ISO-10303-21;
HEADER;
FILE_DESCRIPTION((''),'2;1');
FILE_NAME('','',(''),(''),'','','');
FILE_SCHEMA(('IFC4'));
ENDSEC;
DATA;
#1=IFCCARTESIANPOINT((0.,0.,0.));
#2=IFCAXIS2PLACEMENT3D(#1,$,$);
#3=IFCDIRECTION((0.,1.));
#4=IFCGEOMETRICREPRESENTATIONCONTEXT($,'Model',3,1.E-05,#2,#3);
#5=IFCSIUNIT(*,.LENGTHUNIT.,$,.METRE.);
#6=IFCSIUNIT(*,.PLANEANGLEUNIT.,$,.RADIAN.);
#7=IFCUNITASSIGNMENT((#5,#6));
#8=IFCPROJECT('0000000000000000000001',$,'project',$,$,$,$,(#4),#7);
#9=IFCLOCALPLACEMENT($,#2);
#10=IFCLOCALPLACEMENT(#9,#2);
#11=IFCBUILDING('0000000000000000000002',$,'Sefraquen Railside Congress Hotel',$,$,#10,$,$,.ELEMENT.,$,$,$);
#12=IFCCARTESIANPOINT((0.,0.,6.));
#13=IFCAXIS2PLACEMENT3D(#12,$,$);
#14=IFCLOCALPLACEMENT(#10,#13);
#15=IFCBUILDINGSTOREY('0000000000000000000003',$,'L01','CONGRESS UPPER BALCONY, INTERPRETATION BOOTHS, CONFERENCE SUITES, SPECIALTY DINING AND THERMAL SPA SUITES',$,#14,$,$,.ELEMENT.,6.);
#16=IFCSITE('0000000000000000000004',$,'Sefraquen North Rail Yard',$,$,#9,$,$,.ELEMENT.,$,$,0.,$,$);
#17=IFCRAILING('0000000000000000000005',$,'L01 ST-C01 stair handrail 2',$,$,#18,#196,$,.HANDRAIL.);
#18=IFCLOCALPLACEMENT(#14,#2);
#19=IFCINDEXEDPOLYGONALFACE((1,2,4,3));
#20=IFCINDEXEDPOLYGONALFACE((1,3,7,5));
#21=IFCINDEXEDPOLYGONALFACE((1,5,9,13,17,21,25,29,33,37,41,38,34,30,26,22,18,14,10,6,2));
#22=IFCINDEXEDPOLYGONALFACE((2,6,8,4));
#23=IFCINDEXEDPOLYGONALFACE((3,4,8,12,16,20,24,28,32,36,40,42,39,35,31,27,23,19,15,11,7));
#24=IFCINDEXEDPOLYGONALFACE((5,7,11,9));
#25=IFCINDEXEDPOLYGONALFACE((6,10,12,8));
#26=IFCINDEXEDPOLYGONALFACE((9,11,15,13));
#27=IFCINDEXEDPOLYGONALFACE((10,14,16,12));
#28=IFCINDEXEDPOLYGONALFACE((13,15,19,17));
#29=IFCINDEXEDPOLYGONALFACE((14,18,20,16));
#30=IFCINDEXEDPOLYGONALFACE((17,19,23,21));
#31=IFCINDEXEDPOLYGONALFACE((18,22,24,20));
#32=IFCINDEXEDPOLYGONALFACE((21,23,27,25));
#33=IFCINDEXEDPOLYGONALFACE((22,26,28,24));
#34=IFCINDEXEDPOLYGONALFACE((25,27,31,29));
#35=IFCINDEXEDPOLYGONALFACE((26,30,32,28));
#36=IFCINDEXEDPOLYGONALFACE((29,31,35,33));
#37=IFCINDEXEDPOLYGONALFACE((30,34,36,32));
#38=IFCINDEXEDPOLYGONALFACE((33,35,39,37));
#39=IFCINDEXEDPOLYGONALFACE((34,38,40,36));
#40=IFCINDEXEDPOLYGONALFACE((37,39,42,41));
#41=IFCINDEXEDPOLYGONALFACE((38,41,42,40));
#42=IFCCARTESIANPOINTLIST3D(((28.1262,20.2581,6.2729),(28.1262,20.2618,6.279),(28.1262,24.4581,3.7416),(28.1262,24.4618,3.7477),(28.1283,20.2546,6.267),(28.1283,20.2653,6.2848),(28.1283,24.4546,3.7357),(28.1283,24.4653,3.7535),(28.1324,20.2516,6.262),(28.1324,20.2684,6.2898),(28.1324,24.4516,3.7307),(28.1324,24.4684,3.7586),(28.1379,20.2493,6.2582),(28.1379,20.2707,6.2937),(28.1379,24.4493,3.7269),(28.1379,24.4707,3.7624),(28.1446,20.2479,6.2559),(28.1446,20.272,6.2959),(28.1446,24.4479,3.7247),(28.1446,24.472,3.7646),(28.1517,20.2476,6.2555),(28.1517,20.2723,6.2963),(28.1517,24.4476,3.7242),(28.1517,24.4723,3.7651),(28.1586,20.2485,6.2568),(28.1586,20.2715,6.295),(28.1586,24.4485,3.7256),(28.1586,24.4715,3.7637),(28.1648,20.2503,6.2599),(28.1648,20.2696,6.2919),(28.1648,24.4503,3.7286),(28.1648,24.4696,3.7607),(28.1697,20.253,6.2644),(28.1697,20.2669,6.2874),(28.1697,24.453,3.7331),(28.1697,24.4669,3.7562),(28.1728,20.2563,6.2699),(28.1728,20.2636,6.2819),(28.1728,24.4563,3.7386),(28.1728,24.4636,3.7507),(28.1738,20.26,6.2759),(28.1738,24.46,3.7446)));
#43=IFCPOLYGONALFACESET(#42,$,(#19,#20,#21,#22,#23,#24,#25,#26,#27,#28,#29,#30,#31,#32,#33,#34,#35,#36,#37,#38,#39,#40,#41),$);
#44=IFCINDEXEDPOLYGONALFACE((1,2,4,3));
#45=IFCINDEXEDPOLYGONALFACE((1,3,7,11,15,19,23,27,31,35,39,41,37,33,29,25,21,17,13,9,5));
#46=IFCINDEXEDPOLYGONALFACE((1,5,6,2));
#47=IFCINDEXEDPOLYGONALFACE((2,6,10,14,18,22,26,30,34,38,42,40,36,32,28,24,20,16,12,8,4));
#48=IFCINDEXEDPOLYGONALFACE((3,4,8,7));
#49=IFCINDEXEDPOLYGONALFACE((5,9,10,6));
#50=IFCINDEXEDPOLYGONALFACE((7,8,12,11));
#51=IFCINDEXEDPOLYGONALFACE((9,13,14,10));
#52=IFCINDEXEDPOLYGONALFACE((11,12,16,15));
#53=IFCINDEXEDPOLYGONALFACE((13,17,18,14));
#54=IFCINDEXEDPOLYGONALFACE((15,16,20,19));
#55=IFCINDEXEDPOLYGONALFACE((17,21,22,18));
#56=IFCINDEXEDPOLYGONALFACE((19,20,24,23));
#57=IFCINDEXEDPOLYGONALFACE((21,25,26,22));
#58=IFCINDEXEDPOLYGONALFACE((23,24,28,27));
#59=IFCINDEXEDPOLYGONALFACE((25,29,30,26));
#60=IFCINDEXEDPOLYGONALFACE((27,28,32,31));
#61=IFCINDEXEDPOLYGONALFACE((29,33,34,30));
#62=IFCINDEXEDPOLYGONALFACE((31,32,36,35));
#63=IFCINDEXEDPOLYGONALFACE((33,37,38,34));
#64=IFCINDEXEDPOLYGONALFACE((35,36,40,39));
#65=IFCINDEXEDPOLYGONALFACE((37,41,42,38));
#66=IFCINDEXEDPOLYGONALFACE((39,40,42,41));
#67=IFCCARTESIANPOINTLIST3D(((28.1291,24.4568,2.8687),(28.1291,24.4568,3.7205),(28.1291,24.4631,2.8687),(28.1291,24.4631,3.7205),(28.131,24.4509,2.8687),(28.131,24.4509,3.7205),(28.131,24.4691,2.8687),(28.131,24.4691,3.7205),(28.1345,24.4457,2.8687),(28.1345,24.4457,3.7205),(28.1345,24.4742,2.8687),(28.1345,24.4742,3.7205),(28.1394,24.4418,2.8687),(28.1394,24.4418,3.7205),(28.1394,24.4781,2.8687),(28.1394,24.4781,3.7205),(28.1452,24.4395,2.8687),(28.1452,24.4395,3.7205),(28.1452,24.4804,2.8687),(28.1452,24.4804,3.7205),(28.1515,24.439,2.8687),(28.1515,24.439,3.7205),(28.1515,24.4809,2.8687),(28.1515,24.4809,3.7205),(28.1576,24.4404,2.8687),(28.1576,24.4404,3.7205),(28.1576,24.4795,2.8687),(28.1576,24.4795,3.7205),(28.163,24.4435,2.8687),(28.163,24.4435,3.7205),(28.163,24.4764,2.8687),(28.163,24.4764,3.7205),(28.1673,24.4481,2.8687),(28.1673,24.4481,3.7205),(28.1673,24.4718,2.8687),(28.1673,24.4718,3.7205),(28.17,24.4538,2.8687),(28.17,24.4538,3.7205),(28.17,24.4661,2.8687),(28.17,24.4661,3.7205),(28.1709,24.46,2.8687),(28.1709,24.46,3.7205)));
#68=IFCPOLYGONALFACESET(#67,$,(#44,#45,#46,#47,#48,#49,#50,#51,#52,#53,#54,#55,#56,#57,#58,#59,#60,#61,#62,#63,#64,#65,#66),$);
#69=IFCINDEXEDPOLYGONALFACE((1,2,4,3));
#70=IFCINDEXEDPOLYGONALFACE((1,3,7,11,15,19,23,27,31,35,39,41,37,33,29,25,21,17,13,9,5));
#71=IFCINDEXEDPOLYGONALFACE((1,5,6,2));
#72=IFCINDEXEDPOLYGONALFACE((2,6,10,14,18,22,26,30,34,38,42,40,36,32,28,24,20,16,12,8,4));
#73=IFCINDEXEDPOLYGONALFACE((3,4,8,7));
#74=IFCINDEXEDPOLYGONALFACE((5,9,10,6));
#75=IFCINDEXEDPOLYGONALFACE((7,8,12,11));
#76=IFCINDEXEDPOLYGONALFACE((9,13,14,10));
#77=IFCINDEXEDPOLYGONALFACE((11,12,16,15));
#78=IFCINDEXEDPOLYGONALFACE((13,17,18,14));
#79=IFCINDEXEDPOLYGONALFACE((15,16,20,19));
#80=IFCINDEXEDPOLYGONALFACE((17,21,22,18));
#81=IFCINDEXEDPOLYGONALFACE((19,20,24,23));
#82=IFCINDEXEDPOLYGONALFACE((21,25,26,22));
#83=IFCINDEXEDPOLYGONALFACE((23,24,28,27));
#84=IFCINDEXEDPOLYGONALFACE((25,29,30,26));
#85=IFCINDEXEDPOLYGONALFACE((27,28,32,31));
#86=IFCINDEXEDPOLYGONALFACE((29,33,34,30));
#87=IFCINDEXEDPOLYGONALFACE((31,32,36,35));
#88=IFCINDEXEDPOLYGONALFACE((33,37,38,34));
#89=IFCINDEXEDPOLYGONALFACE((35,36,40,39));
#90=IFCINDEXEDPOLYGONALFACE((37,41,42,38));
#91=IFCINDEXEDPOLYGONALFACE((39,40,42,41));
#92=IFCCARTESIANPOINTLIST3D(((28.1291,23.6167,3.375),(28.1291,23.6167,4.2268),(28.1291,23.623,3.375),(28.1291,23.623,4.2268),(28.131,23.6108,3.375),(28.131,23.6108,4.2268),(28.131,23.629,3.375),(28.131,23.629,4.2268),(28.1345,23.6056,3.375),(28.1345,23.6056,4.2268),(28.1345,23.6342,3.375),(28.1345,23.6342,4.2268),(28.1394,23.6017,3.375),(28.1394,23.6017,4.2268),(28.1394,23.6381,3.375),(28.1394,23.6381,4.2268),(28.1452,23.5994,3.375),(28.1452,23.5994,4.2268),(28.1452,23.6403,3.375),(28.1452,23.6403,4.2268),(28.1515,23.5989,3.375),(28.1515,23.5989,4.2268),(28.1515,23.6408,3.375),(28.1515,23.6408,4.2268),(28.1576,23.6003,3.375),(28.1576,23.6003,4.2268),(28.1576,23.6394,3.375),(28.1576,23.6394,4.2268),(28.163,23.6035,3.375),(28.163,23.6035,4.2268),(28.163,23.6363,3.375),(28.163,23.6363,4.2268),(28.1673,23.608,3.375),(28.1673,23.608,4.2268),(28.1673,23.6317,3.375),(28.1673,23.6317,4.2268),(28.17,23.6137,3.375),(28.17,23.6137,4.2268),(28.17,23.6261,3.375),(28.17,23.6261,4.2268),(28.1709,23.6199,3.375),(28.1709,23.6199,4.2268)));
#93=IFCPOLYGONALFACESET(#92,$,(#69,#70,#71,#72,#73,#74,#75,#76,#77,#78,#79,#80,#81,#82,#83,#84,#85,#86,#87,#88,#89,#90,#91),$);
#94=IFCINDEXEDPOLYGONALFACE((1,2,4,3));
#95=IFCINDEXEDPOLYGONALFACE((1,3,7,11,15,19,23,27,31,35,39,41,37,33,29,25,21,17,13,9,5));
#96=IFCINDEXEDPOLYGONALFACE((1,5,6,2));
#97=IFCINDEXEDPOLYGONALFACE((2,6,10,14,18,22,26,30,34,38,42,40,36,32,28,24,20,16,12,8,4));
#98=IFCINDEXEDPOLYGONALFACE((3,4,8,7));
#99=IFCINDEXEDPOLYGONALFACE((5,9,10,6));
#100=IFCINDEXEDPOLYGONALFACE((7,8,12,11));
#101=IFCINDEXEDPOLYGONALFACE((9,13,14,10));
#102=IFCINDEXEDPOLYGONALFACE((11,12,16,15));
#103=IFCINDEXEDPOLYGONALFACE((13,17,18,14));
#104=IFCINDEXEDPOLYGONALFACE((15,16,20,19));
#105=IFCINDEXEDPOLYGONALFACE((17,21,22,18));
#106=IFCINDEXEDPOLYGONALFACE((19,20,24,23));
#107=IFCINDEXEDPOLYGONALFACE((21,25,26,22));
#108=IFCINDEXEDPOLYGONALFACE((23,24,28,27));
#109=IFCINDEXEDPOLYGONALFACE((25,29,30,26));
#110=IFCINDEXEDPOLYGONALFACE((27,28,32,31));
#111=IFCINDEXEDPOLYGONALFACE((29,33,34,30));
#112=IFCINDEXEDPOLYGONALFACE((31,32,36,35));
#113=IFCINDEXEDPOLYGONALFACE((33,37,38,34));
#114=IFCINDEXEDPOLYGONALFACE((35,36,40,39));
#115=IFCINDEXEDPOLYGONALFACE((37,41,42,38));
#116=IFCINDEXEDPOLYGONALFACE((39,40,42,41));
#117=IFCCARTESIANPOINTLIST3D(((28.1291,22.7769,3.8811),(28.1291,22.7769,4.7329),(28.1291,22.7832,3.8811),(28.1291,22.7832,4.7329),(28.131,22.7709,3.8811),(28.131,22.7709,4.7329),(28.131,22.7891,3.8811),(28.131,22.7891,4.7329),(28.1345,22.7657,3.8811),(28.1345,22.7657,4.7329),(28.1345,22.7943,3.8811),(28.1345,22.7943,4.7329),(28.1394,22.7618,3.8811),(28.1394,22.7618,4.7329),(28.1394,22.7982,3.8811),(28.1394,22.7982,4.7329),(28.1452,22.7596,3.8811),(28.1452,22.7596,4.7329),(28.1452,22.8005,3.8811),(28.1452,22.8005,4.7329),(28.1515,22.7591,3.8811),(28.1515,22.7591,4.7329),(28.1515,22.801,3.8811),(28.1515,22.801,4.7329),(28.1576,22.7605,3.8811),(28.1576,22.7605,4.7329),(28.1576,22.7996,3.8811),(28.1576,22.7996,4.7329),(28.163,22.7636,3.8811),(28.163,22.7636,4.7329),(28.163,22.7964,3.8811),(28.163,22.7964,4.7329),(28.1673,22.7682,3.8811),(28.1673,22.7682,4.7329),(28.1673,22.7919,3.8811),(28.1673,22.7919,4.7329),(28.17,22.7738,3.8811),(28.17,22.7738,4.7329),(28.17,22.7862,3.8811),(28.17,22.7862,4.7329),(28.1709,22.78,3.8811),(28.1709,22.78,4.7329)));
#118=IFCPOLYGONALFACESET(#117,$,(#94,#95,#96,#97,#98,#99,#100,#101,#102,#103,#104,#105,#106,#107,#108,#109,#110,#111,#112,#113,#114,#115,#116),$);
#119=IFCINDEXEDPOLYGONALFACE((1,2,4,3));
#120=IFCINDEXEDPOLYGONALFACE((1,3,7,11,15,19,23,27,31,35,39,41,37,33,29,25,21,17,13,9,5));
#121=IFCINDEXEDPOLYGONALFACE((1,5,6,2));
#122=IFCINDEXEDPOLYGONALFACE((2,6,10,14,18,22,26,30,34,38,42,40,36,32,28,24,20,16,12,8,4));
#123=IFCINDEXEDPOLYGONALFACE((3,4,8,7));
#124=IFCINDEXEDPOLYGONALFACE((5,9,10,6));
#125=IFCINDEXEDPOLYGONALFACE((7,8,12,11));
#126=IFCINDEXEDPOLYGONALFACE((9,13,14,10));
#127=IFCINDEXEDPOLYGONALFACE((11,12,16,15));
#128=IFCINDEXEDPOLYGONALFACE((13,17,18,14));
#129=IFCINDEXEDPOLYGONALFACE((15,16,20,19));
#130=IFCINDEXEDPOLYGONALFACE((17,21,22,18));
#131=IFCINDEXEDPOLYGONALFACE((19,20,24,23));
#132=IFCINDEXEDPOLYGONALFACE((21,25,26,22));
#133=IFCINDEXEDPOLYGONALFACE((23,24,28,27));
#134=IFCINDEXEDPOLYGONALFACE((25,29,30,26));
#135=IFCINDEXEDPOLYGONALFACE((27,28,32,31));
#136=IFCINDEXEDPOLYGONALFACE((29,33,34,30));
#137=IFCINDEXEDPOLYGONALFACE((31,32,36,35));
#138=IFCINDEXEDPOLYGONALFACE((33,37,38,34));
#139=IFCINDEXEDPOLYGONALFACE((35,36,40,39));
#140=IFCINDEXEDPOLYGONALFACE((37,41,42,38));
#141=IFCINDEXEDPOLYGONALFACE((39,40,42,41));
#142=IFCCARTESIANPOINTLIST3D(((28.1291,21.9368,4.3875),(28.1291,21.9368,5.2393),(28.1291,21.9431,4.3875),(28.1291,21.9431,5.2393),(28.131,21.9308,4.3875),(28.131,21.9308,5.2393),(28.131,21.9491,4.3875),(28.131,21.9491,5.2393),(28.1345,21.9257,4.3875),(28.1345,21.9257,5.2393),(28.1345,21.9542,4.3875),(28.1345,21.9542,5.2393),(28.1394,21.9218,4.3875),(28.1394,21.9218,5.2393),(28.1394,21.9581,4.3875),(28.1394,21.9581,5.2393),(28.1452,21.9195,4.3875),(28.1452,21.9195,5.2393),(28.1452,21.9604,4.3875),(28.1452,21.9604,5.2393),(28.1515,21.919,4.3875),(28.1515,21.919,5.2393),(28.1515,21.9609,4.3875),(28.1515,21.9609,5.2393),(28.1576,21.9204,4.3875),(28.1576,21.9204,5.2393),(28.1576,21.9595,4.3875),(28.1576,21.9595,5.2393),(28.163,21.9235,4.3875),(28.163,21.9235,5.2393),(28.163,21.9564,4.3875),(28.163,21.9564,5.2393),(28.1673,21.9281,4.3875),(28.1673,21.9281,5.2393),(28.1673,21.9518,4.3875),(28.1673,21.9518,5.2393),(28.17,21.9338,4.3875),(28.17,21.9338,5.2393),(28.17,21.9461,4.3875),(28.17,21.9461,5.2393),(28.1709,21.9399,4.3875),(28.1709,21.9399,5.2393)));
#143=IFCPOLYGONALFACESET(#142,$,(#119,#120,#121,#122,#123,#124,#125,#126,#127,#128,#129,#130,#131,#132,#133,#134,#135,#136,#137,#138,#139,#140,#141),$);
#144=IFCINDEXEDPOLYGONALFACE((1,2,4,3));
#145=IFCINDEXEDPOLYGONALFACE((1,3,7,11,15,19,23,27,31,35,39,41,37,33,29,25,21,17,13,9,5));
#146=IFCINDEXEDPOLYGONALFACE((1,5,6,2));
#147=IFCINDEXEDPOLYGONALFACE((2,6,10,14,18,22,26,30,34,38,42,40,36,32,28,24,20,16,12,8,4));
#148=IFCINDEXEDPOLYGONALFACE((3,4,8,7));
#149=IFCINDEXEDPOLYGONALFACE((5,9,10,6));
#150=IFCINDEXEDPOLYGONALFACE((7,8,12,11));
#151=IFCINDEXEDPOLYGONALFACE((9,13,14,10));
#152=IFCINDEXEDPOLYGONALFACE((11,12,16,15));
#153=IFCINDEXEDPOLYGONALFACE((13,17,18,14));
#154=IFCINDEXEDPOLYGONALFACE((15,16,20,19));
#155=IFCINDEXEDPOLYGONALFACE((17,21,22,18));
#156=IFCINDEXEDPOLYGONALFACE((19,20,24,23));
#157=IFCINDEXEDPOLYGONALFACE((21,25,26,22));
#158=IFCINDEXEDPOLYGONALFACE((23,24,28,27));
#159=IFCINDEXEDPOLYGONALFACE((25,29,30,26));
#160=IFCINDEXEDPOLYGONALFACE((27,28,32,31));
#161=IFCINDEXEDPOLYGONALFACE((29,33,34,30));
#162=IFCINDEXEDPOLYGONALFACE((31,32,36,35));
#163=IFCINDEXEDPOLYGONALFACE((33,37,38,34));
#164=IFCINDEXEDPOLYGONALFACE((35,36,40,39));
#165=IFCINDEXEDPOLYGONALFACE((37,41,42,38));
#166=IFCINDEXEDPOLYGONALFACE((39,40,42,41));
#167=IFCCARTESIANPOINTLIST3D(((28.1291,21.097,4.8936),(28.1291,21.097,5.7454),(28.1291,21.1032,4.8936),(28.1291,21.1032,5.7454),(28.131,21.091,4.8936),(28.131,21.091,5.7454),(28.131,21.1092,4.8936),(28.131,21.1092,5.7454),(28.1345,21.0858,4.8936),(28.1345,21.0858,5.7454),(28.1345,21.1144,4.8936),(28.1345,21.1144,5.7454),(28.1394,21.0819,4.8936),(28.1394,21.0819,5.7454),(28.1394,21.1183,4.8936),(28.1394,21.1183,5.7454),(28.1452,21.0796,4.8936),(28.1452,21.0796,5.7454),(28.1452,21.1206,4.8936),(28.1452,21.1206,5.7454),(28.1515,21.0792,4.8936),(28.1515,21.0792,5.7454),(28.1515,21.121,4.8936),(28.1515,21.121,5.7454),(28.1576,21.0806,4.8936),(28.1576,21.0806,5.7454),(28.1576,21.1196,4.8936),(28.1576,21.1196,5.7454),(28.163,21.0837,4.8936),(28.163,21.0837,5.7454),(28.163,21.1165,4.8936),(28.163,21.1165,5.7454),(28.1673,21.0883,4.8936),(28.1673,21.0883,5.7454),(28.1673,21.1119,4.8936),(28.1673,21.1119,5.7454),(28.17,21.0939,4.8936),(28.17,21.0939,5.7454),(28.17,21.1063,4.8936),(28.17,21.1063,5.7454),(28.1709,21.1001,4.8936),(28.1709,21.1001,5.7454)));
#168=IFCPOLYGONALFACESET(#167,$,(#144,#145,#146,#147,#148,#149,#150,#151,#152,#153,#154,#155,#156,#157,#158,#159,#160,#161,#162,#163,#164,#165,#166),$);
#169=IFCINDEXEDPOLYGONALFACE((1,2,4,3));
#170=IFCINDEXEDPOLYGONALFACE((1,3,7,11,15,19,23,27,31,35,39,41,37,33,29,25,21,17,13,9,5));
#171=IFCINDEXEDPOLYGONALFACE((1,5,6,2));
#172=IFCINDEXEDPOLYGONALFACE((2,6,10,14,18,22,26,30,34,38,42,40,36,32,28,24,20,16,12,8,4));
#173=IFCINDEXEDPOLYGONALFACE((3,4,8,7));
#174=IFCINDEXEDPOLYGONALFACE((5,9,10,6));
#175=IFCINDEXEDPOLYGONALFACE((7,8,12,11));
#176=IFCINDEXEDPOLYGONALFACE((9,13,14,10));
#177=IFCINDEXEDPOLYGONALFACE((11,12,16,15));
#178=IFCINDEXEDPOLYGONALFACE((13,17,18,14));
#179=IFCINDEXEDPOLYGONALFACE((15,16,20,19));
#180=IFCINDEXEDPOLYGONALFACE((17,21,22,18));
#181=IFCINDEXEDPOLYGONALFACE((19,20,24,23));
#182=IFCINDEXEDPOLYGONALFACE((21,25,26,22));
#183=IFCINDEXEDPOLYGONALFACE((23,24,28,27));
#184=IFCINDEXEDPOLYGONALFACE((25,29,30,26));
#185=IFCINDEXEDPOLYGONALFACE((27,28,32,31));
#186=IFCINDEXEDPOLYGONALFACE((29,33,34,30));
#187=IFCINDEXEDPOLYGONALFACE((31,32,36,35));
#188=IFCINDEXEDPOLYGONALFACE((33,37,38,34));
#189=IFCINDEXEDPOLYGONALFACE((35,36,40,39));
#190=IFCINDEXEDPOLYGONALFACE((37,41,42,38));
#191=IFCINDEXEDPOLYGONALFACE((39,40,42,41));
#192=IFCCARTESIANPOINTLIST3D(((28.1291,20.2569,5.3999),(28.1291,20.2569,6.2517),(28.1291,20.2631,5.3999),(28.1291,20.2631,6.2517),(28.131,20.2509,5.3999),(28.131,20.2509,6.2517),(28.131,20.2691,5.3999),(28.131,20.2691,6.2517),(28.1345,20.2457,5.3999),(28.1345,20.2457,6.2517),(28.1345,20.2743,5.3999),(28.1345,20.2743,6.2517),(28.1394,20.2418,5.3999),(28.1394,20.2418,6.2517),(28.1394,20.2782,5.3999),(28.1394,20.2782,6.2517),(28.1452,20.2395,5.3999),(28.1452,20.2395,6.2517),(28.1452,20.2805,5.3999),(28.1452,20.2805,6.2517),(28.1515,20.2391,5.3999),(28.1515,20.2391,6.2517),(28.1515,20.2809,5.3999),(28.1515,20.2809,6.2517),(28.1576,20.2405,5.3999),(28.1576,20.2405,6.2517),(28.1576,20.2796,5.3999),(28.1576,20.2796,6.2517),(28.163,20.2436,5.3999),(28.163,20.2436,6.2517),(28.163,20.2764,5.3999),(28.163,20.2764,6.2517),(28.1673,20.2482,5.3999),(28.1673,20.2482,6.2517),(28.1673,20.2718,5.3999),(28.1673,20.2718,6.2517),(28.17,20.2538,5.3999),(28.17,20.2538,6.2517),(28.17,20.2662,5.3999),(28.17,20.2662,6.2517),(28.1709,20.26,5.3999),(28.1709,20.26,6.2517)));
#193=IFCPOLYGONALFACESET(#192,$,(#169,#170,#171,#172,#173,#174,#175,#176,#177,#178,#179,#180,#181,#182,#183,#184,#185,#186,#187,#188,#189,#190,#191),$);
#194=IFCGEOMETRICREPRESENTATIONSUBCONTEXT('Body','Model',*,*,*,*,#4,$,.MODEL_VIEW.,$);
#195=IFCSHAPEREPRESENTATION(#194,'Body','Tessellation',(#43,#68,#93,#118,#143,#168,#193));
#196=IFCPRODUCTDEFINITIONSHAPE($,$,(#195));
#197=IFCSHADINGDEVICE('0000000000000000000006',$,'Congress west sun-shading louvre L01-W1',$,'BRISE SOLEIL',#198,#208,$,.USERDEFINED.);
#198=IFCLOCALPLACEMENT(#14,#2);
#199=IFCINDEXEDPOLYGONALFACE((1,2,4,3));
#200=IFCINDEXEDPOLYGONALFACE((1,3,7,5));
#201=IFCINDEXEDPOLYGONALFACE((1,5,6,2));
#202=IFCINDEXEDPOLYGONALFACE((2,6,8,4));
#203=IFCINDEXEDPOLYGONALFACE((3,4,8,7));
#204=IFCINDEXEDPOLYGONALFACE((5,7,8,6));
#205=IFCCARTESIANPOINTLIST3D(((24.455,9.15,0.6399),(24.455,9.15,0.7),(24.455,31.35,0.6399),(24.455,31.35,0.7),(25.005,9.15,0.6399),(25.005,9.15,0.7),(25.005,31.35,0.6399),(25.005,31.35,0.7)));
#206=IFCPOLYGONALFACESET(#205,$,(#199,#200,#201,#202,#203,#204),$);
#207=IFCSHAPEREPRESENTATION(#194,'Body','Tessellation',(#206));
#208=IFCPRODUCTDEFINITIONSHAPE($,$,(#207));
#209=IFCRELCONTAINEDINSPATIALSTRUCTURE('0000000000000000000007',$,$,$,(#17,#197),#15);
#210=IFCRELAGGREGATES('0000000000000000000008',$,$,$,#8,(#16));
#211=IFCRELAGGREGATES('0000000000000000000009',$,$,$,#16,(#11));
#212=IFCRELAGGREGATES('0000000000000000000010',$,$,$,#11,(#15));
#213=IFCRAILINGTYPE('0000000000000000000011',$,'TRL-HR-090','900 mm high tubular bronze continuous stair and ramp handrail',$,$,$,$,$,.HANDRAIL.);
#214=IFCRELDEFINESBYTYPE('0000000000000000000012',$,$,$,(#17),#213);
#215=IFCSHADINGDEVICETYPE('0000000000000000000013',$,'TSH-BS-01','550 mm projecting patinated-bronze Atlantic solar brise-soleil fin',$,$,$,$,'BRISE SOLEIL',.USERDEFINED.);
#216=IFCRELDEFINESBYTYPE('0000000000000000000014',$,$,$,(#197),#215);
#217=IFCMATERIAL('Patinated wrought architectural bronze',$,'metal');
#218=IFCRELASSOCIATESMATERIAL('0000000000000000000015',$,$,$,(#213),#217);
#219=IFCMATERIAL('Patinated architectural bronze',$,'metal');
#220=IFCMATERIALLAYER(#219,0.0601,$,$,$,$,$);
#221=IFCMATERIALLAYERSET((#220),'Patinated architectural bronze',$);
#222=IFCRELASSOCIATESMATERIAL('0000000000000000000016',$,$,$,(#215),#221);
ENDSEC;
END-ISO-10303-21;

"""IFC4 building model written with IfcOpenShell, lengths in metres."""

from ifc_helpers import new_model, si_unit, direction, frame, origin, origin_2d, place, context, subcontext, project, spatial, rectangle, circle, extrude, material, layer, layer_set, type_object, element, save


model = new_model("IFC4")

# Units and contexts
model_context = context("Model", 3, precision=1e-05, world=origin(), true_north=direction((0.0, 1.0)))
body_context = subcontext(model_context, "Body", "Model", "MODEL_VIEW")
ifc_project = project(units=[si_unit("LENGTHUNIT", "METRE"), si_unit("PLANEANGLEUNIT", "RADIAN")], contexts=[model_context])

# Site, building, storey
site_placement = place(None, origin())
site = spatial("IfcSite", under=ifc_project, at=site_placement, Name="Sefraquen North Rail Yard", CompositionType="ELEMENT", RefElevation=0.0)
building_placement = place(site_placement, origin())
building = spatial("IfcBuilding", under=site, at=building_placement, Name="Sefraquen Railside Congress Hotel", CompositionType="ELEMENT")
storey_placement = place(building_placement, frame((0.0, 0.0, 6.0)))
storey = spatial("IfcBuildingStorey", under=building, at=storey_placement, Name="L01", Description="CONGRESS UPPER BALCONY, INTERPRETATION BOOTHS, CONFERENCE SUITES, SPECIALTY DINING AND THERMAL SPA SUITES", CompositionType="ELEMENT", Elevation=6.0)

# Shared definitions
ifc_material_1 = material(Name="Patinated architectural bronze", Category="metal")

# Railing
ifc_material_2 = material(Name="Patinated wrought architectural bronze", Category="metal")
railing_type_1 = type_object("IfcRailingType", Name="TRL-HR-090", Description="900 mm high tubular bronze continuous stair and ramp handrail", PredefinedType="HANDRAIL", material=ifc_material_2)
railing_1_placement = place(storey_placement, frame((28.1499, 24.46, 2.8687)))
element("IfcRailing", 1, at=railing_1_placement, inside=storey, type_object=railing_type_1, Name="L01 ST-C01 stair handrail 2", PredefinedType="HANDRAIL", context=body_context, shape_type="SweptSolid", body=[
    extrude(circle(Radius=0.0239, at=origin_2d()), frame((0.0, 0.0, 0.876), z_axis=(0.0, -0.856476, 0.516186), x_axis=(1.0, 0.0, 0.0)), (0.0, 0.0, 1.0), 4.9038),
    extrude(circle(Radius=0.021, at=origin_2d()), origin(), (0.0, 0.0, 1.0), 0.8518),
    extrude(circle(Radius=0.021, at=origin_2d()), frame((0.0, -0.8401, 0.5063)), (0.0, 0.0, 1.0), 0.8518),
    extrude(circle(Radius=0.021, at=origin_2d()), frame((0.0, -1.6799, 1.0125)), (0.0, 0.0, 1.0), 0.8518),
    extrude(circle(Radius=0.021, at=origin_2d()), frame((0.0, -2.52, 1.5188)), (0.0, 0.0, 1.0), 0.8518),
    extrude(circle(Radius=0.021, at=origin_2d()), frame((0.0, -3.3599, 2.0249)), (0.0, 0.0, 1.0), 0.8518),
    extrude(circle(Radius=0.021, at=origin_2d()), frame((0.0, -4.2, 2.5312)), (0.0, 0.0, 1.0), 0.8518),
])

# Shading device
ifc_layer_1 = layer(ifc_material_1, 0.0601)
ifc_layer_set_1 = layer_set([ifc_layer_1], Name="Patinated architectural bronze")
shading_device_type = type_object("IfcShadingDeviceType", Name="TSH-BS-01", Description="550 mm projecting patinated-bronze Atlantic solar brise-soleil fin", ElementType="BRISE SOLEIL", PredefinedType="USERDEFINED", material=ifc_layer_set_1)
for number, where, z_axis, x_axis, name in (
    (2, (24.73, 20.25, 0.6399), (0.0, 0.0, 1.0), (1.0, 0.0, 0.0), "Congress west sun-shading louvre L01-W1"),
):
    element("IfcShadingDevice", number, at=place(storey_placement, frame(where, z_axis=z_axis, x_axis=x_axis)), inside=storey, type_object=shading_device_type, Name=name, ObjectType="BRISE SOLEIL", PredefinedType="USERDEFINED", context=body_context, shape_type="SweptSolid", body=[
        extrude(rectangle(XDim=0.55, YDim=22.2, at=origin_2d()), origin(), (0.0, 0.0, 1.0), 0.0601),
    ])

save(model, "model.ifc")
